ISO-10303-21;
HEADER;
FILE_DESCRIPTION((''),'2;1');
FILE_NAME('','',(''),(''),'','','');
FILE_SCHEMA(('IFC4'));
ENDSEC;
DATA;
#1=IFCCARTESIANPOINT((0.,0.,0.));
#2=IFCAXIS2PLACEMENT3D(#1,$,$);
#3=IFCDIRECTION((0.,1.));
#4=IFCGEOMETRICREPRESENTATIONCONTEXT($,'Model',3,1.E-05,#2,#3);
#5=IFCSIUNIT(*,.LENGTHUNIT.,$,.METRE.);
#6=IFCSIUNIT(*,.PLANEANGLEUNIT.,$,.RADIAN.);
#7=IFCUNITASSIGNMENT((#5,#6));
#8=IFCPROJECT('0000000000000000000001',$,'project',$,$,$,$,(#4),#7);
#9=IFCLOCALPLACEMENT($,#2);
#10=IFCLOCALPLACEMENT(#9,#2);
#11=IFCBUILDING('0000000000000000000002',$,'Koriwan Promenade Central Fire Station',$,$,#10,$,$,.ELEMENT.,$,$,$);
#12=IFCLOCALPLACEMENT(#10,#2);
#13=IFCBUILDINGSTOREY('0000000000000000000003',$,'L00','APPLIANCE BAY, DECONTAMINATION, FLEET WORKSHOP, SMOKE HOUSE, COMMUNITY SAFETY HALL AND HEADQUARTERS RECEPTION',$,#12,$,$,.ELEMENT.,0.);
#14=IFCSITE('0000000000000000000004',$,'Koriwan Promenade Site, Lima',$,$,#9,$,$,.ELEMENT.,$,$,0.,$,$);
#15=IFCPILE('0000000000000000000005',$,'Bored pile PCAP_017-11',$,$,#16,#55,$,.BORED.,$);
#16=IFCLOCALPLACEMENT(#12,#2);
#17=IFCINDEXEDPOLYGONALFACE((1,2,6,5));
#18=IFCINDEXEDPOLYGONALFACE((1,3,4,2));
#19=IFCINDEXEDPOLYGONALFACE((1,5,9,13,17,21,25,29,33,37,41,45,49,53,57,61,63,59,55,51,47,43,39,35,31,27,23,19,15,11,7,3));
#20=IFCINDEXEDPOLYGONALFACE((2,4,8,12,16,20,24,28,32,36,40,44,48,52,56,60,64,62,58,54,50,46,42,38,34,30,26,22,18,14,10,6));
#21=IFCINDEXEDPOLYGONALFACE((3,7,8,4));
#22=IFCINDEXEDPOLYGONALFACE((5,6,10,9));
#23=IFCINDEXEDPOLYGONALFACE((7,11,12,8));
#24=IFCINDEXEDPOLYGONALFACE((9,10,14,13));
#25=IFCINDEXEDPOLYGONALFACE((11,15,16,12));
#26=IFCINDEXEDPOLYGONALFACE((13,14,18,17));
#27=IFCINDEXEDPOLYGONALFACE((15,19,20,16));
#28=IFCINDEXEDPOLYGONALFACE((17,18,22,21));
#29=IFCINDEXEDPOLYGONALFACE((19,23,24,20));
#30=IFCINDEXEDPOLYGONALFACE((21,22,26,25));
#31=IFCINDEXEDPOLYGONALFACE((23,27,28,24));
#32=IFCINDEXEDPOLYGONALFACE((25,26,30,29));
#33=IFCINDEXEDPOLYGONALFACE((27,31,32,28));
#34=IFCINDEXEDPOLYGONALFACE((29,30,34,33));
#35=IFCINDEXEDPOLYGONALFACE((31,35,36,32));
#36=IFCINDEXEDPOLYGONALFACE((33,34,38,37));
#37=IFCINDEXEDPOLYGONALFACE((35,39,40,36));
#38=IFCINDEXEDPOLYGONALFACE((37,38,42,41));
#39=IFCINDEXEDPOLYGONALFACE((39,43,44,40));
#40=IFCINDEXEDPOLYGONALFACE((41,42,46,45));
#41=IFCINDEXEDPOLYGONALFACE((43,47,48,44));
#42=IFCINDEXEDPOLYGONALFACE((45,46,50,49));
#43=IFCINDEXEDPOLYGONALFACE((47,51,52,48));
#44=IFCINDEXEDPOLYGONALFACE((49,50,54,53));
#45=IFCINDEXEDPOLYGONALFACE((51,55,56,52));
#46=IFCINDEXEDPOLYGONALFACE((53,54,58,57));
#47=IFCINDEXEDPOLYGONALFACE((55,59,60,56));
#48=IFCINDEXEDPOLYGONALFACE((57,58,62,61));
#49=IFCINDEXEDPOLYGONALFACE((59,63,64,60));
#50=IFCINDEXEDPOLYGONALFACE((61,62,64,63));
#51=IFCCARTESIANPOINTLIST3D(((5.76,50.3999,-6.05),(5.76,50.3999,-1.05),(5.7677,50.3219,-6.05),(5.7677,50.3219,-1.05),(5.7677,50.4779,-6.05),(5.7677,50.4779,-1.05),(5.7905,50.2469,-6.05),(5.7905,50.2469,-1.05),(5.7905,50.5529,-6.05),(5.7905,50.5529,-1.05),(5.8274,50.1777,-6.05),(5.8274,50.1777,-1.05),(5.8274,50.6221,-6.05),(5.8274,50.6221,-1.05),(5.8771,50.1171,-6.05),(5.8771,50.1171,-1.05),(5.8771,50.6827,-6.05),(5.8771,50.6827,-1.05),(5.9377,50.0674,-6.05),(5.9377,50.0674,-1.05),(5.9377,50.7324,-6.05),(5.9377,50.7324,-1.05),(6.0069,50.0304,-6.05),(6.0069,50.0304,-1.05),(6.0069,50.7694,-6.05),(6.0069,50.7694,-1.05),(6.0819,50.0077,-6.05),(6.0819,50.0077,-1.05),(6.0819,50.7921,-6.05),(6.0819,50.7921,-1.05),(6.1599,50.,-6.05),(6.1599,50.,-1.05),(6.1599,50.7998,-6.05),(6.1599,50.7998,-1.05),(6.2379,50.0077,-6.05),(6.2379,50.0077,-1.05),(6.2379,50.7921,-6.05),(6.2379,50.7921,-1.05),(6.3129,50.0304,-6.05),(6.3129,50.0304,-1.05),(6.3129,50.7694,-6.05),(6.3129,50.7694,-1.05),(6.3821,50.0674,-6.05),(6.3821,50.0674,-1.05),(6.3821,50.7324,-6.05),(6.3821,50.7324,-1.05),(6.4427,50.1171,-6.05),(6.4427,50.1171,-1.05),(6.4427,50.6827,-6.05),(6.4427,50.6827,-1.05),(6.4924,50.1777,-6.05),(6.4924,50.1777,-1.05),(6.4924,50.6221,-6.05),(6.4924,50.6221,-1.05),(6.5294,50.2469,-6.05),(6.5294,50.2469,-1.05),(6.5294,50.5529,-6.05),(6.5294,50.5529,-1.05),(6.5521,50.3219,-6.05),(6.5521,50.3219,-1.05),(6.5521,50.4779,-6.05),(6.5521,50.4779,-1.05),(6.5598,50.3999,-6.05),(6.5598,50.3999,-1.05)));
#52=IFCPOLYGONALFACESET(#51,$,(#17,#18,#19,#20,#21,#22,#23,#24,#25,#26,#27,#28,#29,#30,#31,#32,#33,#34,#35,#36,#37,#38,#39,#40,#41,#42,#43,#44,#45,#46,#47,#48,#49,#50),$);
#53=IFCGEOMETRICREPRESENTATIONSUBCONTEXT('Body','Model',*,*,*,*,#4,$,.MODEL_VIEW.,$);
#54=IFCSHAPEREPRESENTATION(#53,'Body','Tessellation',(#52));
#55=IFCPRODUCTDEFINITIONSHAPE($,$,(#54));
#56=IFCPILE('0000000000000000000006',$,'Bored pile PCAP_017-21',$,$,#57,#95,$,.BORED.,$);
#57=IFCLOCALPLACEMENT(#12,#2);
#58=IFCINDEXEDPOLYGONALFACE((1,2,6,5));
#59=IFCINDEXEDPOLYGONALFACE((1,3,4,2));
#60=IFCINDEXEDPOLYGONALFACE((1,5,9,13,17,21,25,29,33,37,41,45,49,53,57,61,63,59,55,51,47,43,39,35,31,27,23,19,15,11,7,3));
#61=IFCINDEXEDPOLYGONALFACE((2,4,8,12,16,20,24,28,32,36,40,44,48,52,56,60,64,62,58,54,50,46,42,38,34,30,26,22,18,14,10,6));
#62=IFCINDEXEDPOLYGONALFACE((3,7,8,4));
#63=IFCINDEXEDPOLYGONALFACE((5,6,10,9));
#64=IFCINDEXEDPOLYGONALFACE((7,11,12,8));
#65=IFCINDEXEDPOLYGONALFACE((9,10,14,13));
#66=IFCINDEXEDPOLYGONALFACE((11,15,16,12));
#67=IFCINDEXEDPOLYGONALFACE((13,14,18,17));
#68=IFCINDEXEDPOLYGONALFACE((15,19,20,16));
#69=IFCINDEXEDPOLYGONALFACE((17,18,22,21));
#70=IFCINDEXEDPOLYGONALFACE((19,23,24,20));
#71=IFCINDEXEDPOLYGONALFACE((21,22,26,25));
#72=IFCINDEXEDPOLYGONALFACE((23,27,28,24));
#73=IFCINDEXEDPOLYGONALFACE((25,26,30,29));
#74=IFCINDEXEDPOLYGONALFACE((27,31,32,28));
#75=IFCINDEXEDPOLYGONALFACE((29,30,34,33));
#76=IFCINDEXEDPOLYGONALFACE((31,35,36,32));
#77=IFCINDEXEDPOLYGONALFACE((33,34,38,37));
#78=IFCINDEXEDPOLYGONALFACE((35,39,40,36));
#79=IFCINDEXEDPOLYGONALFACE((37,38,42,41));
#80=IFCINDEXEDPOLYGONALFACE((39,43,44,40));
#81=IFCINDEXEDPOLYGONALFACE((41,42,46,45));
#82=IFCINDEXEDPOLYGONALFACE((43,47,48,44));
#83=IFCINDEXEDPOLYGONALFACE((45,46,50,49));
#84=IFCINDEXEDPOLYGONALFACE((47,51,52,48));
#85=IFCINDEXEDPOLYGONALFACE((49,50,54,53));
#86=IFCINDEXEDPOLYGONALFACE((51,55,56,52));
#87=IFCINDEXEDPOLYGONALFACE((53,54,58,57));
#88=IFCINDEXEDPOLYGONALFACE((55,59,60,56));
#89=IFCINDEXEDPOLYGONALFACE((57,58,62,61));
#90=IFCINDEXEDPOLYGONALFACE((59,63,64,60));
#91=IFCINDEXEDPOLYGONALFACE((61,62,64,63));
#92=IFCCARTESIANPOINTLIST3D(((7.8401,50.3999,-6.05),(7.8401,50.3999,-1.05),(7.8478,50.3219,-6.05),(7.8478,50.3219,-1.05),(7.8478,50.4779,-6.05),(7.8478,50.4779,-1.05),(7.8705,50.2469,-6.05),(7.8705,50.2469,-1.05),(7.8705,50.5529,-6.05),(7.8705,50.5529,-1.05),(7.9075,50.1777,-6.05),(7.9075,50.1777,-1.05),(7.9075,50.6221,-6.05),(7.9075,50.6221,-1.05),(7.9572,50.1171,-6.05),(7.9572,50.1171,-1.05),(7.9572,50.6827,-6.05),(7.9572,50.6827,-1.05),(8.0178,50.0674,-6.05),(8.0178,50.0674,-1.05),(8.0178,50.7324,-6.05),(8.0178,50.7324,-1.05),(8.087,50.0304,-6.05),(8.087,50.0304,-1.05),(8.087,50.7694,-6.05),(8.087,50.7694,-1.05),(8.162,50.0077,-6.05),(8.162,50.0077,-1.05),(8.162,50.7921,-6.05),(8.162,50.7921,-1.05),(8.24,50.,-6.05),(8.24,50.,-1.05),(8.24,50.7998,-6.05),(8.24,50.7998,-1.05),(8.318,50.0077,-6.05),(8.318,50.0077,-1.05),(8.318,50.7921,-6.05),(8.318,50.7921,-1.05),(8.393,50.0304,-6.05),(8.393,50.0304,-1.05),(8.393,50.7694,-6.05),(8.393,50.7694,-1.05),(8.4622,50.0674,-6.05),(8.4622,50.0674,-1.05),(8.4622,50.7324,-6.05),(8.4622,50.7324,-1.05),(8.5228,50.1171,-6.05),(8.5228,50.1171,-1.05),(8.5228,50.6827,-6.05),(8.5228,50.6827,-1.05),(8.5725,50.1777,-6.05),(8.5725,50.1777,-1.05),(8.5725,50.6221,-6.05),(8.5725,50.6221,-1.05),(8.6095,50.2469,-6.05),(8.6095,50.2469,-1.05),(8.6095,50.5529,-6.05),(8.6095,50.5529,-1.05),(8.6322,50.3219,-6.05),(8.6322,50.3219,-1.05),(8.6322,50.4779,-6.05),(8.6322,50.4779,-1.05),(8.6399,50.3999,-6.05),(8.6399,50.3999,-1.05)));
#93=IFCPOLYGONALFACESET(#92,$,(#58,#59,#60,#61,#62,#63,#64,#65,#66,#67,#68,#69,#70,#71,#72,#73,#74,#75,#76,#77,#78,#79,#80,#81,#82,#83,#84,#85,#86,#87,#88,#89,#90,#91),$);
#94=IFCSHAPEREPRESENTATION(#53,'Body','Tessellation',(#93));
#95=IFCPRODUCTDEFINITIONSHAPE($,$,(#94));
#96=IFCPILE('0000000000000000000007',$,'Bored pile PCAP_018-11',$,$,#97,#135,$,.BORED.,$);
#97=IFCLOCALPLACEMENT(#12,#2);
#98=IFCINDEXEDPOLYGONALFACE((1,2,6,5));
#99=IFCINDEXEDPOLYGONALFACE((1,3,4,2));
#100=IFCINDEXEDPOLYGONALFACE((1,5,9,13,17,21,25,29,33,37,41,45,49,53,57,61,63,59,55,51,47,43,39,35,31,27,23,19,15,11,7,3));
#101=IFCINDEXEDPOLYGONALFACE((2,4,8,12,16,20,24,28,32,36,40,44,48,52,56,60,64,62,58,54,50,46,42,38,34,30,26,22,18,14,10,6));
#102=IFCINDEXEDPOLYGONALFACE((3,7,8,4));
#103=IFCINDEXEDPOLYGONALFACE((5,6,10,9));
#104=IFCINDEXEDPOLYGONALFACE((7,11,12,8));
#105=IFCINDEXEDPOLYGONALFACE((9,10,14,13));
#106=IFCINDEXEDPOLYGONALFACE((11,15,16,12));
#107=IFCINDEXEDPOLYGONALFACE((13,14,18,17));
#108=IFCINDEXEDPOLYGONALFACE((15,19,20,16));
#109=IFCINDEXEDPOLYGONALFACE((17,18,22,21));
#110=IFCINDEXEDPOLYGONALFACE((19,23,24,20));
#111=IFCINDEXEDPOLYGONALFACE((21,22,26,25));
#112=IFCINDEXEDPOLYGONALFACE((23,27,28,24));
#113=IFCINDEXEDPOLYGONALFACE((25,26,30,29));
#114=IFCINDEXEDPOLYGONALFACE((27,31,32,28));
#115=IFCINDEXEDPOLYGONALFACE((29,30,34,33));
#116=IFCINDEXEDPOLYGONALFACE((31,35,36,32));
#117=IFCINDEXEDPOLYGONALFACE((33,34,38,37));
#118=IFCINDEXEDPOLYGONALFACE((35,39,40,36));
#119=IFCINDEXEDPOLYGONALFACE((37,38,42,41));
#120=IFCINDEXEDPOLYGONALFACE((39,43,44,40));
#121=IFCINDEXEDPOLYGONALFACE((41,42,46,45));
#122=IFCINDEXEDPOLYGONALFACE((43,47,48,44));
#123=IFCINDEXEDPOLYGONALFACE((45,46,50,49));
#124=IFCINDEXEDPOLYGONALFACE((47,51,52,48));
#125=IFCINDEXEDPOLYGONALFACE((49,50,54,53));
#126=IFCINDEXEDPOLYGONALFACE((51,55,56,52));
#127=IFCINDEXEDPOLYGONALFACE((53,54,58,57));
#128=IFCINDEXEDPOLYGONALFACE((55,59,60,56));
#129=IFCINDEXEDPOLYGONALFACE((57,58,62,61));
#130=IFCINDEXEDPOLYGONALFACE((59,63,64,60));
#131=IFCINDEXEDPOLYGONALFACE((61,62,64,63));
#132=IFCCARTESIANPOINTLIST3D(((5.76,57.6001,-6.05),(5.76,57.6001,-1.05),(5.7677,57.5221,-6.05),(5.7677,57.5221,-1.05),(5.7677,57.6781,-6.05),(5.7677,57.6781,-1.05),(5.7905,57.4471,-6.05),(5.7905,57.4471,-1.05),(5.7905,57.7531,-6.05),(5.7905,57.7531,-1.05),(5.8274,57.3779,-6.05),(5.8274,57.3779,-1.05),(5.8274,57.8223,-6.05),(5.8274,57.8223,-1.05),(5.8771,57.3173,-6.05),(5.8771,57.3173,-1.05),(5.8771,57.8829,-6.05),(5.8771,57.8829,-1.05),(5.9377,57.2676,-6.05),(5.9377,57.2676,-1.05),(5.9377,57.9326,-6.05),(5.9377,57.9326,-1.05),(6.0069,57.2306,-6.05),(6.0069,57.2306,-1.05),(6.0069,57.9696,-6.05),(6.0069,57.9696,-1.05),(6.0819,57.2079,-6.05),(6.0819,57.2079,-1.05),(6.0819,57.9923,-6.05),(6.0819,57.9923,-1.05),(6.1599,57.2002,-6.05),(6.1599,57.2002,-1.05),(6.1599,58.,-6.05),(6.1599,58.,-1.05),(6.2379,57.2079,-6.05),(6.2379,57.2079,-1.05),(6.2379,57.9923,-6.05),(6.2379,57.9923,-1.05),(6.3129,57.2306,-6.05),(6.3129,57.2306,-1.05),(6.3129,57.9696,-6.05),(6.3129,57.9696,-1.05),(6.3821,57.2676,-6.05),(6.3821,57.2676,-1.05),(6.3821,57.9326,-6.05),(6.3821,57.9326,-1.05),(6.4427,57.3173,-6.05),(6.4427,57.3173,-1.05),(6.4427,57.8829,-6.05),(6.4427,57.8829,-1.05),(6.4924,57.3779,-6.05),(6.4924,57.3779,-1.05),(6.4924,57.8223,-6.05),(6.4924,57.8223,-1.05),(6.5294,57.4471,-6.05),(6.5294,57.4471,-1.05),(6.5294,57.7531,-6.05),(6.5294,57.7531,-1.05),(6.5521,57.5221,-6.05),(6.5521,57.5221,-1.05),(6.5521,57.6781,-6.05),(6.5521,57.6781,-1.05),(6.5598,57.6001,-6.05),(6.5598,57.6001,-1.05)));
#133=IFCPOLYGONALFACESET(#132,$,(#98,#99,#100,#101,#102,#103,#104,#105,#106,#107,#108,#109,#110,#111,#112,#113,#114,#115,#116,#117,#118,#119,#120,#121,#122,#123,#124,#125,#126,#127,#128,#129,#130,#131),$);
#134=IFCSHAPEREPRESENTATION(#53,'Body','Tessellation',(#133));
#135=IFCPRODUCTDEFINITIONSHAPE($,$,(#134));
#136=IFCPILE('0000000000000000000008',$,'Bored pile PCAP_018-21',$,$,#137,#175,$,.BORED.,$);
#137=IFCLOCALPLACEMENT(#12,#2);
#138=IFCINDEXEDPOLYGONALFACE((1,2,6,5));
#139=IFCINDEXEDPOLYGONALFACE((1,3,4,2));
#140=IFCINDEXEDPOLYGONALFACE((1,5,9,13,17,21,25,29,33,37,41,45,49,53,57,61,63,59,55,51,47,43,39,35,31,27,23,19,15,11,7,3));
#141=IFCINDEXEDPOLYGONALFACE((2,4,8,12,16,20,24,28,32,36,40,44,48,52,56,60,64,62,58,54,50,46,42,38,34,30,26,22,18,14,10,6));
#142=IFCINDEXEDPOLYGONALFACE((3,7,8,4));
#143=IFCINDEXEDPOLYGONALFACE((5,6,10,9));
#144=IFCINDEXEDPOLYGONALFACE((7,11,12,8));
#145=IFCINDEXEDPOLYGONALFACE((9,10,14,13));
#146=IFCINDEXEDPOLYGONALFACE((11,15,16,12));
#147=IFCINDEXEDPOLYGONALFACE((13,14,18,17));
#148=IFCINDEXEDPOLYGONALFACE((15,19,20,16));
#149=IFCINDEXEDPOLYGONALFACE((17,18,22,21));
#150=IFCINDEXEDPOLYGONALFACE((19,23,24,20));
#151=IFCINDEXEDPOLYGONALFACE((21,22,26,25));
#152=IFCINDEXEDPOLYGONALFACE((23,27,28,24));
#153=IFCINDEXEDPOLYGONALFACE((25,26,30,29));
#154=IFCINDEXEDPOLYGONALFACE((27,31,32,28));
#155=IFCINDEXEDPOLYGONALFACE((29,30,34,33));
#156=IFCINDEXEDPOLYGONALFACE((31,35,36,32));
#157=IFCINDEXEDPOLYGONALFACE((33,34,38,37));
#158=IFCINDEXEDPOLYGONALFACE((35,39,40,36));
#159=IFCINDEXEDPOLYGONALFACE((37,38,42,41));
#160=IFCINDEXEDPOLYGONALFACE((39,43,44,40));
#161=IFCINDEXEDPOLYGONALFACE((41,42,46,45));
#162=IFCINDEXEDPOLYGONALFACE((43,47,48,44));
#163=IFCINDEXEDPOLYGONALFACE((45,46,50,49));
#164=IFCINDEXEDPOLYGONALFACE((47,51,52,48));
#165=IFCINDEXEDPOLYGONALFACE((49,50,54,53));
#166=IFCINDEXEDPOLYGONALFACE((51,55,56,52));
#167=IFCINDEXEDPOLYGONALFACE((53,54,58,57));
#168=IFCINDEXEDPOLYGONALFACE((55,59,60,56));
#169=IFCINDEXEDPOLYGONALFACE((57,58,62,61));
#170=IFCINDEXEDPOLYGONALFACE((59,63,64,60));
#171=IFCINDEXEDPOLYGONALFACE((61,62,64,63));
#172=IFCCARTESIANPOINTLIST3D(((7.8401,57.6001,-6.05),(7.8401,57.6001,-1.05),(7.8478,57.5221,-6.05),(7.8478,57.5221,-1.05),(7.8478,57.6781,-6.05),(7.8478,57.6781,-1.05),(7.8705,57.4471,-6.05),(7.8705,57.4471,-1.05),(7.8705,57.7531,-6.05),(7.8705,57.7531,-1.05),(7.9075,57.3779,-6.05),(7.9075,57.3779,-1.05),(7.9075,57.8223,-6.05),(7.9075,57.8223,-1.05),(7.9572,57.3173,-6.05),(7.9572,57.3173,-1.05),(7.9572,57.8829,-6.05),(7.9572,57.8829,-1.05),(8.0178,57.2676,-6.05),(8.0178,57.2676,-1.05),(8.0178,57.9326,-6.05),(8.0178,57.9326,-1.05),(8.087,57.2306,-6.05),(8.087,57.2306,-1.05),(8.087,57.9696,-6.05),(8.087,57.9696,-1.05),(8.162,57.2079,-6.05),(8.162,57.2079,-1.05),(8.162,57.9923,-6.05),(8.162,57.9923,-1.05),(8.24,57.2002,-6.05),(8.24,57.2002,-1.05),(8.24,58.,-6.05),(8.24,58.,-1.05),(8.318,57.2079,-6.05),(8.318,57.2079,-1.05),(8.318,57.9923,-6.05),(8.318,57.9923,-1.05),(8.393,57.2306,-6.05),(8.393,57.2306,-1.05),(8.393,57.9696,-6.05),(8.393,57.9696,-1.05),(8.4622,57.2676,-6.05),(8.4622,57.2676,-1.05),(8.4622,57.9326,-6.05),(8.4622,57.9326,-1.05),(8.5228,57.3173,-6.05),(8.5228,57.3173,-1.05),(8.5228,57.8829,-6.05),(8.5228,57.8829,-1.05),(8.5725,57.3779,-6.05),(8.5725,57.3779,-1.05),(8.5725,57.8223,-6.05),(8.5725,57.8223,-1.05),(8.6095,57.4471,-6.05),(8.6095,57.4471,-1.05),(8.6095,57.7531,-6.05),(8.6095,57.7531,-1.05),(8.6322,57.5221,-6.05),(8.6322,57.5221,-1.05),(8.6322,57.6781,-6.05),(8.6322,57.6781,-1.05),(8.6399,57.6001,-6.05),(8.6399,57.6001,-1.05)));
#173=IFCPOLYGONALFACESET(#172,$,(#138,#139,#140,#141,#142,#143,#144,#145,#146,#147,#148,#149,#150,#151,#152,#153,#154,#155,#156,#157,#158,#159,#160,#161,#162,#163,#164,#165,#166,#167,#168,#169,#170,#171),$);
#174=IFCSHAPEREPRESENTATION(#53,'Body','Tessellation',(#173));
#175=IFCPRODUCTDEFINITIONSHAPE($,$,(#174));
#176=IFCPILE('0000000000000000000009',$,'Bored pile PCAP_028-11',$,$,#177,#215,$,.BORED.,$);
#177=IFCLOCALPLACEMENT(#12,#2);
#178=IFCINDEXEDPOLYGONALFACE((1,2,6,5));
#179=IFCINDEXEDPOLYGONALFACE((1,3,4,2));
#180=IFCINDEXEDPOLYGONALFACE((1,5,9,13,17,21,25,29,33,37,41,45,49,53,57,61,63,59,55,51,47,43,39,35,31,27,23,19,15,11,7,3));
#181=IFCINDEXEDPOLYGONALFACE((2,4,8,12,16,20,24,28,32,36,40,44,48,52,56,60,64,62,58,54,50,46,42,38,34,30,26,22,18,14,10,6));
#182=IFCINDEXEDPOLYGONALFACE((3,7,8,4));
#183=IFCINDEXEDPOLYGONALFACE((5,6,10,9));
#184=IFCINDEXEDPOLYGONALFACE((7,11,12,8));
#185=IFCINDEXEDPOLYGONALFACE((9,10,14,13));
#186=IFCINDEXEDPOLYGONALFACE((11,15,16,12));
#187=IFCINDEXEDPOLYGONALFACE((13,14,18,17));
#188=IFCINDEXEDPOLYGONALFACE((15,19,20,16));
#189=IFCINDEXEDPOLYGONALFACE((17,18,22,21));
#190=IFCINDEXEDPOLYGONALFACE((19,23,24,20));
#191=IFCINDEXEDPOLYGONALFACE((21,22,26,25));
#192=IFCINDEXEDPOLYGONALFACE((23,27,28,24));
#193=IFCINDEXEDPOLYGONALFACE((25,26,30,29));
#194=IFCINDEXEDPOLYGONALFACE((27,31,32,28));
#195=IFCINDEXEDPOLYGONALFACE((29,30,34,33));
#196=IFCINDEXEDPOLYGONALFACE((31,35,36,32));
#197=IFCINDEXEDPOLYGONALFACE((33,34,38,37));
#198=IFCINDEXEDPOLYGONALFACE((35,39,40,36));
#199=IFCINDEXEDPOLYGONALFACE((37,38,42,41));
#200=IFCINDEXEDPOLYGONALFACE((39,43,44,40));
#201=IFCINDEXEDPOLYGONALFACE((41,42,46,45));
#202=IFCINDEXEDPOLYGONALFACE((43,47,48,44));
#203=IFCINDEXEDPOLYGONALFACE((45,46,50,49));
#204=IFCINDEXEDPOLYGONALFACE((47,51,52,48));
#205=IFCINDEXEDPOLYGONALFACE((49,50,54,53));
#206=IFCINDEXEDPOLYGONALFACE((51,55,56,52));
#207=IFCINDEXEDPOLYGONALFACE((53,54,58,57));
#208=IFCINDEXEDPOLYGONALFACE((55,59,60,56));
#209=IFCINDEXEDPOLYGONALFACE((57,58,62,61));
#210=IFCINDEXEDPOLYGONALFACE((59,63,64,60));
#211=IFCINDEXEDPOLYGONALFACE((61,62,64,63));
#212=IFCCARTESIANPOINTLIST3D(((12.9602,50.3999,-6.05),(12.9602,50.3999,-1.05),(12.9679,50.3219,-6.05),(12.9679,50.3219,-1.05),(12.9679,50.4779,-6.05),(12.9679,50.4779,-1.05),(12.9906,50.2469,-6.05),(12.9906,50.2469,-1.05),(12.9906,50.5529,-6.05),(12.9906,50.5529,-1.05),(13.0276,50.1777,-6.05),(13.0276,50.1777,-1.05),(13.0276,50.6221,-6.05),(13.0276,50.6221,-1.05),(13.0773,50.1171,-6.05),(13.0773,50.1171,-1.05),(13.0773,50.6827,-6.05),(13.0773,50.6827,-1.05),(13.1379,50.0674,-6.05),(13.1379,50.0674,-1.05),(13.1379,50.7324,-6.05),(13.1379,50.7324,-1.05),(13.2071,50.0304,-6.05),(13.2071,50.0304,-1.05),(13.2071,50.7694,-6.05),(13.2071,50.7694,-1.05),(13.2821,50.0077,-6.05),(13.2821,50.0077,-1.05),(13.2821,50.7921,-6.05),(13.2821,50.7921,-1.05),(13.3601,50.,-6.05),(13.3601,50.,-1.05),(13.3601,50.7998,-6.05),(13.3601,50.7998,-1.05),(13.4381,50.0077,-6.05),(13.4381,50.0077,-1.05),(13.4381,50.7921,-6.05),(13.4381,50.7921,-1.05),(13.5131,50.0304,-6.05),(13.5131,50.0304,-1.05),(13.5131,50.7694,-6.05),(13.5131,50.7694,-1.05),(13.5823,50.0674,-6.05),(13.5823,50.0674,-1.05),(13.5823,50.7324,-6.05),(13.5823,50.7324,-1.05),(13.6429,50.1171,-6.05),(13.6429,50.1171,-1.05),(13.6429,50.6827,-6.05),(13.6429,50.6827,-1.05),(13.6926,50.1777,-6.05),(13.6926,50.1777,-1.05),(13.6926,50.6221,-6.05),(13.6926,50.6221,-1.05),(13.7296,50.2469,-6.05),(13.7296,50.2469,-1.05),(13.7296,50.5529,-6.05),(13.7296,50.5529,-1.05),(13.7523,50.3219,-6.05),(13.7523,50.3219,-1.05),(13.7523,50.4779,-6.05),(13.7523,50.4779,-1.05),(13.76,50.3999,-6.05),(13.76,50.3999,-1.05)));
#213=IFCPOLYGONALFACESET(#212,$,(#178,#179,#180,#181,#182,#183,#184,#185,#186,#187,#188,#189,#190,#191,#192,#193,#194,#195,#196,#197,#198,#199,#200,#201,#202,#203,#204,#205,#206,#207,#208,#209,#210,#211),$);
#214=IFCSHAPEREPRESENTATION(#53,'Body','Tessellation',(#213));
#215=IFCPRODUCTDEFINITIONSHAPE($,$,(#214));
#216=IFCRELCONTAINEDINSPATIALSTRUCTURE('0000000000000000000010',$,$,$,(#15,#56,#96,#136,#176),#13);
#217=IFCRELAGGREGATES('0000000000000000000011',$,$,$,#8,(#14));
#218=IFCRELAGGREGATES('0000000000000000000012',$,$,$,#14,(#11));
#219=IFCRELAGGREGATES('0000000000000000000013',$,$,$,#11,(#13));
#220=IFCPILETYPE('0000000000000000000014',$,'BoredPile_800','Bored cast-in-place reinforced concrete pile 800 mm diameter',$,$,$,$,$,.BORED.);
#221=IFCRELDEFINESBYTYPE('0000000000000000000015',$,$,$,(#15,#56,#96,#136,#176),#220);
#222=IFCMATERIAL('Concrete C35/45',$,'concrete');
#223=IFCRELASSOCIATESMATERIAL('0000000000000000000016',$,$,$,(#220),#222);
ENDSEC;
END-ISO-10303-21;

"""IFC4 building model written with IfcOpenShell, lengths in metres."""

from ifc_helpers import new_model, si_unit, direction, frame, origin, origin_2d, place, context, subcontext, project, spatial, circle, extrude, material, material_profile, profile_set, type_object, element, save


model = new_model("IFC4")

# Units and contexts
model_context = context("Model", 3, precision=1e-05, world=origin(), true_north=direction((0.0, 1.0)))
body_context = subcontext(model_context, "Body", "Model", "MODEL_VIEW")
ifc_project = project(units=[si_unit("LENGTHUNIT", "METRE"), si_unit("PLANEANGLEUNIT", "RADIAN")], contexts=[model_context])

# Site, building, storey
site_placement = place(None, origin())
site = spatial("IfcSite", under=ifc_project, at=site_placement, Name="Koriwan Promenade Site, Lima", CompositionType="ELEMENT", RefElevation=0.0)
building_placement = place(site_placement, origin())
building = spatial("IfcBuilding", under=site, at=building_placement, Name="Koriwan Promenade Central Fire Station", CompositionType="ELEMENT")
storey_placement = place(building_placement, origin())
storey = spatial("IfcBuildingStorey", under=building, at=storey_placement, Name="L00", Description="APPLIANCE BAY, DECONTAMINATION, FLEET WORKSHOP, SMOKE HOUSE, COMMUNITY SAFETY HALL AND HEADQUARTERS RECEPTION", CompositionType="ELEMENT", Elevation=0.0)

# Piles
ifc_material_1 = material(Name="Concrete C35/45", Category="concrete")
ifc_material_profile_1 = material_profile(ifc_material_1, circle(Radius=0.3999, at=origin_2d()), Name="PILE-D800")
ifc_profile_set_1 = profile_set([ifc_material_profile_1], Name="Concrete C35/45")
pile_type = type_object("IfcPileType", Name="BoredPile_800", Description="Bored cast-in-place reinforced concrete pile 800 mm diameter", PredefinedType="BORED", material=ifc_profile_set_1)
for number, where, z_axis, x_axis, name in (
    (1, (6.1599, 50.3999, -1.05), (0.0, 0.0, -1.0), (1.0, 0.0, 0.0), "Bored pile PCAP_017-11"),
    (2, (8.24, 50.3999, -1.05), (0.0, 0.0, -1.0), (1.0, 0.0, 0.0), "Bored pile PCAP_017-21"),
    (3, (6.1599, 57.6001, -1.05), (0.0, 0.0, -1.0), (1.0, 0.0, 0.0), "Bored pile PCAP_018-11"),
    (4, (8.24, 57.6001, -1.05), (0.0, 0.0, -1.0), (1.0, 0.0, 0.0), "Bored pile PCAP_018-21"),
    (5, (13.3601, 50.3999, -1.05), (0.0, 0.0, -1.0), (1.0, 0.0, 0.0), "Bored pile PCAP_028-11"),
):
    element("IfcPile", number, at=place(storey_placement, frame(where, z_axis=z_axis, x_axis=x_axis)), inside=storey, type_object=pile_type, Name=name, PredefinedType="BORED", context=body_context, shape_type="SweptSolid", body=[
        extrude(circle(Radius=0.3999, at=origin_2d()), origin(), (0.0, 0.0, 1.0), 5.0),
    ])

save(model, "model.ifc")
